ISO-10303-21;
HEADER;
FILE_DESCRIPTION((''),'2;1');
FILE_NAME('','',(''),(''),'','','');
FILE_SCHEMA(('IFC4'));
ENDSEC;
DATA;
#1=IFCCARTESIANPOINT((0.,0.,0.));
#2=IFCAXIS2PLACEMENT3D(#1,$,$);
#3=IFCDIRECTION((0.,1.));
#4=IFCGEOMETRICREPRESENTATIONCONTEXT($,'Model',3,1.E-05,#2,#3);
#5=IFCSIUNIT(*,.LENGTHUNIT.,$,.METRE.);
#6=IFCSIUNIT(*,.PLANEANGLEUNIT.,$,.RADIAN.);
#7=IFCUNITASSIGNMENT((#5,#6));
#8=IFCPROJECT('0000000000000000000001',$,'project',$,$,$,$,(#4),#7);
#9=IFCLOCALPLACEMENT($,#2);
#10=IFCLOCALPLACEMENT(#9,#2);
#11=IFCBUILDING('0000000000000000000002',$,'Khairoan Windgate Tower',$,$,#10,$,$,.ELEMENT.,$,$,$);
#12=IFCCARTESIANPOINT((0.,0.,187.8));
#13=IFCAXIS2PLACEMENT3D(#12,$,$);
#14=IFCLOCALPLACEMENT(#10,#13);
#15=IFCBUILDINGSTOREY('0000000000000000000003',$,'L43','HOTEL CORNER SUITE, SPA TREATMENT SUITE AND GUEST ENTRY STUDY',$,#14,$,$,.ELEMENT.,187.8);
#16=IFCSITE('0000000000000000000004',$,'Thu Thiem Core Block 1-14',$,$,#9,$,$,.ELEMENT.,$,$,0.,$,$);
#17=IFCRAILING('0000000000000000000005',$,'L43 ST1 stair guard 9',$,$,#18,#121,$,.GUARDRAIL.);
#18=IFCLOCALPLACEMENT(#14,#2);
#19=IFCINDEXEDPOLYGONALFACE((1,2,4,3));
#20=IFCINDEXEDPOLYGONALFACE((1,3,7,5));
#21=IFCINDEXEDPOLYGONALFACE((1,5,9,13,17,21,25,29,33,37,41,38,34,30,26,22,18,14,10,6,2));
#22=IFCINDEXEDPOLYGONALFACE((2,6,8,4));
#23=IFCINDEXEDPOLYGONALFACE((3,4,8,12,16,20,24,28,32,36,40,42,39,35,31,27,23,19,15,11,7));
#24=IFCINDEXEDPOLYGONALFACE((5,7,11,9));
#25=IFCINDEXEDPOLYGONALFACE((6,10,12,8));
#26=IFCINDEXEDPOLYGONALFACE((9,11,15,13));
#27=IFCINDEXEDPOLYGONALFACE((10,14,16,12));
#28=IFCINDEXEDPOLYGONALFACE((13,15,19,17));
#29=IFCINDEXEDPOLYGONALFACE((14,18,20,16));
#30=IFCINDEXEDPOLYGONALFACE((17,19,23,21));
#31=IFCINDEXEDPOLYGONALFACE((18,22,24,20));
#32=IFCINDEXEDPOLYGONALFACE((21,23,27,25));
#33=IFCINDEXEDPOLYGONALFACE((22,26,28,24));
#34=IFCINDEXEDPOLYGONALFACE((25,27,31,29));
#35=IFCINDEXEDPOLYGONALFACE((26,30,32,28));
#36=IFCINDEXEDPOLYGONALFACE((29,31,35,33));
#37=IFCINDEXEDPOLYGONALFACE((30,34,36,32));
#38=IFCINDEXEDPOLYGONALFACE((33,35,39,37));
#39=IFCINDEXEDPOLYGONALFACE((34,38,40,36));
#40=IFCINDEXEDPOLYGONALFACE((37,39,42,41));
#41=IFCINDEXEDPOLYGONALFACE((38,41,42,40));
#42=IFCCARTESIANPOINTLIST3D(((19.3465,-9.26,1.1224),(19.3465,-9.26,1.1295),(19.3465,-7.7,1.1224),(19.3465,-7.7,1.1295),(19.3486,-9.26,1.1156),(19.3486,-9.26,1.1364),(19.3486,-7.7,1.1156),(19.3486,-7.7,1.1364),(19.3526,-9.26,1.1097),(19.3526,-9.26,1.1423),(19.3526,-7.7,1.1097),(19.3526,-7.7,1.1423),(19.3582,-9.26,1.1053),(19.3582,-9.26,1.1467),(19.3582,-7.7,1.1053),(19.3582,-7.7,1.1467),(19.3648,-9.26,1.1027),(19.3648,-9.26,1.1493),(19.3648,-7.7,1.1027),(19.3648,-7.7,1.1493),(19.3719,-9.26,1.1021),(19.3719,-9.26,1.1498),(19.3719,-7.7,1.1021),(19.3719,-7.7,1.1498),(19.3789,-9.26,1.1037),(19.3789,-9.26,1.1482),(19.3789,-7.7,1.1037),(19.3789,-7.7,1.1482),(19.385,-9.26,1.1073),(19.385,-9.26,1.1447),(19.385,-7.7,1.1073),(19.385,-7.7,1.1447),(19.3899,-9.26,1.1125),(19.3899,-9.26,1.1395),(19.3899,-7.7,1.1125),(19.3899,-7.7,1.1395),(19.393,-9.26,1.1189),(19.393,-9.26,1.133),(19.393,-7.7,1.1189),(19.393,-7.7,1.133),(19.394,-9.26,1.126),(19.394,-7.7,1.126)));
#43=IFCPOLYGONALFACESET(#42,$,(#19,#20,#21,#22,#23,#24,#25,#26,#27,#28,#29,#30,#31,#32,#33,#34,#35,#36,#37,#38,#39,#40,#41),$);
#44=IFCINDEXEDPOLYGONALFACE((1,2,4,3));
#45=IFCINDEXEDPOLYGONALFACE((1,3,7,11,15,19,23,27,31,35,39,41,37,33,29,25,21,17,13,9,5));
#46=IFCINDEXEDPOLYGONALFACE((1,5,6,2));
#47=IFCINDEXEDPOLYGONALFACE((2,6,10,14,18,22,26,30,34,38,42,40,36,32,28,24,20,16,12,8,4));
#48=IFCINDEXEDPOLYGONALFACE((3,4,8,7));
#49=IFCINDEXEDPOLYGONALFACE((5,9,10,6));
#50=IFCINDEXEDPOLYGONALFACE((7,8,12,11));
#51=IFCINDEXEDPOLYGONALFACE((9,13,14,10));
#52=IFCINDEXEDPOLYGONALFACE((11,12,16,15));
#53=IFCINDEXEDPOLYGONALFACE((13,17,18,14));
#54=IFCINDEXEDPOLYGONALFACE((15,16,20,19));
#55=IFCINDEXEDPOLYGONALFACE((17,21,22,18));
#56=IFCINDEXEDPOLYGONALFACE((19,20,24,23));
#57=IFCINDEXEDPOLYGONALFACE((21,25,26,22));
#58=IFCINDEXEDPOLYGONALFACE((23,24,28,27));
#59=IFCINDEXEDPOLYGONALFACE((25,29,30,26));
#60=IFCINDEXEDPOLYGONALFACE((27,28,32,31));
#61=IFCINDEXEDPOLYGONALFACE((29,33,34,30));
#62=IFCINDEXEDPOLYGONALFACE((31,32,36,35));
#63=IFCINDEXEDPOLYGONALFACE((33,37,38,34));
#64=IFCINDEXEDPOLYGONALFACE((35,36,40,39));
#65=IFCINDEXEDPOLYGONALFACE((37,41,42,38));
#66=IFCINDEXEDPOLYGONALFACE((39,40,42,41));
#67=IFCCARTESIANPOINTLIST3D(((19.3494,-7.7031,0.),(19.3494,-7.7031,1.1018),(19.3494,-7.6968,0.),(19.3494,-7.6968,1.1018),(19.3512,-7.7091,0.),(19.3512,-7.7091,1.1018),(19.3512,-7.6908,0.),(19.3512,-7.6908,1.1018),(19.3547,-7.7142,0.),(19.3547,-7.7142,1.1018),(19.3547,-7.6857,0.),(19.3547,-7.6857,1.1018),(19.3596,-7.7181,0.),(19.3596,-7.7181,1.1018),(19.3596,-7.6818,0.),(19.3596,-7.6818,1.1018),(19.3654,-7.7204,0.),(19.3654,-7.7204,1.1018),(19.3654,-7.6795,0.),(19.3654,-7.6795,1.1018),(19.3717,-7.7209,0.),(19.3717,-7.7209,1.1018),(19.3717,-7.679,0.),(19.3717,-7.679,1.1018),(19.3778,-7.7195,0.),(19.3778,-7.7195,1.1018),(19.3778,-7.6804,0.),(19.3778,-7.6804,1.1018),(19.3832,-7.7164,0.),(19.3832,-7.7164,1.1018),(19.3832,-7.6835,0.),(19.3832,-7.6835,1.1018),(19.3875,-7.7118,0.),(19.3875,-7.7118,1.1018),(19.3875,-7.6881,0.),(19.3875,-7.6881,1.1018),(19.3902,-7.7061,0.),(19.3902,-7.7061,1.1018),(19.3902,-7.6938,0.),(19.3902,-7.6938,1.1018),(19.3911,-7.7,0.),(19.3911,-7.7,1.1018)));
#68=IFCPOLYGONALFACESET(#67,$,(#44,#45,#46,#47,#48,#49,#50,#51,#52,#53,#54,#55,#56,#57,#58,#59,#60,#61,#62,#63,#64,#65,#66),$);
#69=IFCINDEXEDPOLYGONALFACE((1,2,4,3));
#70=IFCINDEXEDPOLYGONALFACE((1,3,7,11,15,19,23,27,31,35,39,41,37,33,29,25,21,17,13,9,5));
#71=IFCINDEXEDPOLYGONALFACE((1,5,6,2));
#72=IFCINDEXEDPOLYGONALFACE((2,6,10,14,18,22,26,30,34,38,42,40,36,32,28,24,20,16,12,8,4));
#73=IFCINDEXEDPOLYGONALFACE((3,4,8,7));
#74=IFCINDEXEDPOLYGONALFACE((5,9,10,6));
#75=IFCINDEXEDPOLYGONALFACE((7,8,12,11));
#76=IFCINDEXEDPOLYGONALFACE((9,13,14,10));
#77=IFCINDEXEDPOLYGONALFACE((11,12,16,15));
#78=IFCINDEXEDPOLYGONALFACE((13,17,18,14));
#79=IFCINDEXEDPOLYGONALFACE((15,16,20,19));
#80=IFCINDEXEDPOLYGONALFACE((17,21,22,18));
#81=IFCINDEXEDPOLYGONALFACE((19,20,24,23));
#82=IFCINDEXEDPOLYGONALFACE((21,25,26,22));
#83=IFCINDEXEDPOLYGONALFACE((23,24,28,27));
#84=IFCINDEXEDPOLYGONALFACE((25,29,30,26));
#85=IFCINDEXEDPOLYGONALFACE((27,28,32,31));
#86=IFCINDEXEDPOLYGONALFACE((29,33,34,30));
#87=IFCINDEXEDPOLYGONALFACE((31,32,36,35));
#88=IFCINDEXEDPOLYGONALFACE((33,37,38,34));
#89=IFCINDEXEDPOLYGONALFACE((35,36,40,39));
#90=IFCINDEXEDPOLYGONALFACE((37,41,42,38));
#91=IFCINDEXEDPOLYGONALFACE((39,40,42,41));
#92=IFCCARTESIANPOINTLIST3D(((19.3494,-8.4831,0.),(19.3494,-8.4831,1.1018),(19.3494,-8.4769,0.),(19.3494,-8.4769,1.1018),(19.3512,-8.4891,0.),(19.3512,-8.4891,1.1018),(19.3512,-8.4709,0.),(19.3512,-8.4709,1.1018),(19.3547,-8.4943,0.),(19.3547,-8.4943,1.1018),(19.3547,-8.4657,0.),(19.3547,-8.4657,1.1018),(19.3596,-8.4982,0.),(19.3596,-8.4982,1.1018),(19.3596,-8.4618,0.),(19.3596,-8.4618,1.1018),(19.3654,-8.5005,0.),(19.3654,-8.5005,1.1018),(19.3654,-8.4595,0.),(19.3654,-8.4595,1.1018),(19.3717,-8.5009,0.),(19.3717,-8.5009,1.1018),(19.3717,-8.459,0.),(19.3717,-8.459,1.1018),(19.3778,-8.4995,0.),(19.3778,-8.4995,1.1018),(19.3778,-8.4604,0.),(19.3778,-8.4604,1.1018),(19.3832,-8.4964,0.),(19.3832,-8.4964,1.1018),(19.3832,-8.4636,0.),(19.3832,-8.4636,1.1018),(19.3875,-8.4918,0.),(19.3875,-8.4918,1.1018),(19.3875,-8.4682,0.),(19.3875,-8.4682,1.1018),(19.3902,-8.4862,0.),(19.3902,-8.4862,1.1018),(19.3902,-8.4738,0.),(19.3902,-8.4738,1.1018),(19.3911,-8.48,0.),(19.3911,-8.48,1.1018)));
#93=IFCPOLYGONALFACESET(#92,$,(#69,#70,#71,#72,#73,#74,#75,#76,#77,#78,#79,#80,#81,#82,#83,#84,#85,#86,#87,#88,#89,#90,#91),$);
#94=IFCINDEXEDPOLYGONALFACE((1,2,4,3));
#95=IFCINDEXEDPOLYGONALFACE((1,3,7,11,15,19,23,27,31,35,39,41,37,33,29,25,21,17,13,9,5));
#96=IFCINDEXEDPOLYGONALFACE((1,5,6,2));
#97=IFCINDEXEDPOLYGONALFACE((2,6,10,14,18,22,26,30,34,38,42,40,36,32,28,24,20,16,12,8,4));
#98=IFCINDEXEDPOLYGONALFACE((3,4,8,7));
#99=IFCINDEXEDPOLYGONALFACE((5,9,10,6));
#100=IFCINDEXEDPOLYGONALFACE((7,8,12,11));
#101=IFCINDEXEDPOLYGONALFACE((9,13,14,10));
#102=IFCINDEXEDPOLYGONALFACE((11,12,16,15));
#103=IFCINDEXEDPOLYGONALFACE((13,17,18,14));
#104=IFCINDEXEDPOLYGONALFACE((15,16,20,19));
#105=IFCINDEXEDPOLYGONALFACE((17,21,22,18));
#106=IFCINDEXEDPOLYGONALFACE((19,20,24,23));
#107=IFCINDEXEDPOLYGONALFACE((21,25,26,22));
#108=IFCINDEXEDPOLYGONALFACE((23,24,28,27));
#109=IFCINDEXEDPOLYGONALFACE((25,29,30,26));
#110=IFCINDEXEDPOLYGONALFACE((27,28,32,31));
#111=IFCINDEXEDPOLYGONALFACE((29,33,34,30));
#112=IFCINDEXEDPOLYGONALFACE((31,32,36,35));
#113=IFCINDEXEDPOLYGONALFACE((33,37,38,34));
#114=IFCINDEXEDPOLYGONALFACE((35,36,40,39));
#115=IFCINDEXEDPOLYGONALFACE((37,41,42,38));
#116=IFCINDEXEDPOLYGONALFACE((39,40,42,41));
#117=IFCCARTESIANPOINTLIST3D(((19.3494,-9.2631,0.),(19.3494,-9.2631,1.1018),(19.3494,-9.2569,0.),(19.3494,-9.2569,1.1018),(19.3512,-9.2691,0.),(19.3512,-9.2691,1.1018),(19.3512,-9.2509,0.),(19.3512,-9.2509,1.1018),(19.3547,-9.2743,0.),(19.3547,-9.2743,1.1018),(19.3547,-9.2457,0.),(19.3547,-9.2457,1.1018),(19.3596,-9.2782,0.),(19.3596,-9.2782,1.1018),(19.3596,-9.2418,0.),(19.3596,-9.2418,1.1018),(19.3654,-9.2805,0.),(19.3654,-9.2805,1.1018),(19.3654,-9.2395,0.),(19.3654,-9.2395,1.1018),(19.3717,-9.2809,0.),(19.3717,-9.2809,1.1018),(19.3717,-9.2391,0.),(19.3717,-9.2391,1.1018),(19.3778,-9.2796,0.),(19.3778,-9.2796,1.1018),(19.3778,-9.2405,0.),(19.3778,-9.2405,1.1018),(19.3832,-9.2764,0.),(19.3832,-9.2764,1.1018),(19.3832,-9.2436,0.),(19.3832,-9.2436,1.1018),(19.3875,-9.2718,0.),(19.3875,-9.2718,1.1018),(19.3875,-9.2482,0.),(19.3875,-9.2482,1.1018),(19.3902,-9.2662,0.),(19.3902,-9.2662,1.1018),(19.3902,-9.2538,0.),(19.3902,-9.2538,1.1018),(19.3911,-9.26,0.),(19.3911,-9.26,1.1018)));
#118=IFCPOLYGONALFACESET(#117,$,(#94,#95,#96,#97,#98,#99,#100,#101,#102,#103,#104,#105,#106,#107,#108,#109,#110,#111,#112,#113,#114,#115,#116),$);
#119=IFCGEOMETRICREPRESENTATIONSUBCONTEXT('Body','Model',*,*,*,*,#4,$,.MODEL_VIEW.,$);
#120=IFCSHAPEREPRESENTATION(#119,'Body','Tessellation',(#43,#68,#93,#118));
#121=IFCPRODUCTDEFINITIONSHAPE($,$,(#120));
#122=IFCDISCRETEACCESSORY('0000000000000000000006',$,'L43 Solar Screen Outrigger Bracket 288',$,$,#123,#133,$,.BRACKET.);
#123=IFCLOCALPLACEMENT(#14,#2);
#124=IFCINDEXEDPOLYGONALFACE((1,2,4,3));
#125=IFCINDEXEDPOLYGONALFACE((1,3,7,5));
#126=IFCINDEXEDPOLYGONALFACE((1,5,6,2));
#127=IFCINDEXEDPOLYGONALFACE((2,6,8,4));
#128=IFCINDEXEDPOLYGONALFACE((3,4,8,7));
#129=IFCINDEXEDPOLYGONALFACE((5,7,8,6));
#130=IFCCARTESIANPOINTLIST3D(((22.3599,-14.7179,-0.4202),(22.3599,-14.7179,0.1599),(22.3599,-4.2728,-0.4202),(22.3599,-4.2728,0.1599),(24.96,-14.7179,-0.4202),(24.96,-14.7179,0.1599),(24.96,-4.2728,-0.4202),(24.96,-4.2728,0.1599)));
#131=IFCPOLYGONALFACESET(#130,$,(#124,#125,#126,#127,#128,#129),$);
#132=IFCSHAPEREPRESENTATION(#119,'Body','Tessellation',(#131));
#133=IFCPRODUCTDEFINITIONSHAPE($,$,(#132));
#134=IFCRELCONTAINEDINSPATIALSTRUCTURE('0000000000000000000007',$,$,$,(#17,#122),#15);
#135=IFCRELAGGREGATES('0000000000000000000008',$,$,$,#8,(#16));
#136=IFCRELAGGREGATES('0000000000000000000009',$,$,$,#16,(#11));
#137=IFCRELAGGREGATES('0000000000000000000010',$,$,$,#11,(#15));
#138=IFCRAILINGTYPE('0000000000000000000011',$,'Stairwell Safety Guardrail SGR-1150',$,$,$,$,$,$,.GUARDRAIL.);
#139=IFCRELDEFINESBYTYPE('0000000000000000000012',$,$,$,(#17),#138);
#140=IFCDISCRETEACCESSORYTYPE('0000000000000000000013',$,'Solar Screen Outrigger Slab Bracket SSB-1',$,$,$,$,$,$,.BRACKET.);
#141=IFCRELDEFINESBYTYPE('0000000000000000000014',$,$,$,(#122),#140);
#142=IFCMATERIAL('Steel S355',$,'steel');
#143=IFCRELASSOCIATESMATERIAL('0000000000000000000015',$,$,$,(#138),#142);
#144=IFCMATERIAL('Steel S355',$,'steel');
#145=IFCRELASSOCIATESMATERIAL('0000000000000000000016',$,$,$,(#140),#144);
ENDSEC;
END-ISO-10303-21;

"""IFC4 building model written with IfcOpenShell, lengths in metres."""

from ifc_helpers import new_model, si_unit, direction, frame, origin, origin_2d, place, context, subcontext, project, spatial, rectangle, circle, extrude, material, type_object, element, save


model = new_model("IFC4")

# Units and contexts
model_context = context("Model", 3, precision=1e-05, world=origin(), true_north=direction((0.0, 1.0)))
body_context = subcontext(model_context, "Body", "Model", "MODEL_VIEW")
ifc_project = project(units=[si_unit("LENGTHUNIT", "METRE"), si_unit("PLANEANGLEUNIT", "RADIAN")], contexts=[model_context])

# Site, building, storey
site_placement = place(None, origin())
site = spatial("IfcSite", under=ifc_project, at=site_placement, Name="Thu Thiem Core Block 1-14", CompositionType="ELEMENT", RefElevation=0.0)
building_placement = place(site_placement, origin())
building = spatial("IfcBuilding", under=site, at=building_placement, Name="Khairoan Windgate Tower", CompositionType="ELEMENT")
storey_placement = place(building_placement, frame((0.0, 0.0, 187.8)))
storey = spatial("IfcBuildingStorey", under=building, at=storey_placement, Name="L43", Description="HOTEL CORNER SUITE, SPA TREATMENT SUITE AND GUEST ENTRY STUDY", CompositionType="ELEMENT", Elevation=187.8)

# Railing
ifc_material_1 = material(Name="Steel S355", Category="steel")
railing_type_1 = type_object("IfcRailingType", Name="Stairwell Safety Guardrail SGR-1150", PredefinedType="GUARDRAIL", material=ifc_material_1)
for number, where, name in (
    (1, (19.3701, -7.7, 0.0), "L43 ST1 stair guard 9"),
):
    element("IfcRailing", number, at=place(storey_placement, frame(where)), inside=storey, type_object=railing_type_1, Name=name, PredefinedType="GUARDRAIL", context=body_context, shape_type="SweptSolid", body=[
        extrude(circle(Radius=0.0239, at=origin_2d()), frame((0.0, 0.0, 1.126), z_axis=(0.0, -1.0, 0.0), x_axis=(1.0, 0.0, 0.0)), (0.0, 0.0, 1.0), 1.5601),
        extrude(circle(Radius=0.021, at=origin_2d()), origin(), (0.0, 0.0, 1.0), 1.1018),
        extrude(circle(Radius=0.021, at=origin_2d()), frame((0.0, -0.78, 0.0)), (0.0, 0.0, 1.0), 1.1018),
        extrude(circle(Radius=0.021, at=origin_2d()), frame((0.0, -1.5601, 0.0)), (0.0, 0.0, 1.0), 1.1018),
    ])

# Discrete accessory
ifc_material_2 = material(Name="Steel S355", Category="steel")
discrete_accessory_type = type_object("IfcDiscreteAccessoryType", Name="Solar Screen Outrigger Slab Bracket SSB-1", PredefinedType="BRACKET", material=ifc_material_2)
discrete_accessory_placement = place(storey_placement, frame((23.6599, -9.4954, -0.4202), z_axis=(0.0, 0.0, 1.0), x_axis=(0.0, -1.0, 0.0)))
element("IfcDiscreteAccessory", 2, at=discrete_accessory_placement, inside=storey, type_object=discrete_accessory_type, Name="L43 Solar Screen Outrigger Bracket 288", PredefinedType="BRACKET", context=body_context, shape_type="SweptSolid", body=[
    extrude(rectangle(XDim=10.4451, YDim=2.6001, at=origin_2d()), origin(), (0.0, 0.0, 1.0), 0.5801),
])

save(model, "model.ifc")
